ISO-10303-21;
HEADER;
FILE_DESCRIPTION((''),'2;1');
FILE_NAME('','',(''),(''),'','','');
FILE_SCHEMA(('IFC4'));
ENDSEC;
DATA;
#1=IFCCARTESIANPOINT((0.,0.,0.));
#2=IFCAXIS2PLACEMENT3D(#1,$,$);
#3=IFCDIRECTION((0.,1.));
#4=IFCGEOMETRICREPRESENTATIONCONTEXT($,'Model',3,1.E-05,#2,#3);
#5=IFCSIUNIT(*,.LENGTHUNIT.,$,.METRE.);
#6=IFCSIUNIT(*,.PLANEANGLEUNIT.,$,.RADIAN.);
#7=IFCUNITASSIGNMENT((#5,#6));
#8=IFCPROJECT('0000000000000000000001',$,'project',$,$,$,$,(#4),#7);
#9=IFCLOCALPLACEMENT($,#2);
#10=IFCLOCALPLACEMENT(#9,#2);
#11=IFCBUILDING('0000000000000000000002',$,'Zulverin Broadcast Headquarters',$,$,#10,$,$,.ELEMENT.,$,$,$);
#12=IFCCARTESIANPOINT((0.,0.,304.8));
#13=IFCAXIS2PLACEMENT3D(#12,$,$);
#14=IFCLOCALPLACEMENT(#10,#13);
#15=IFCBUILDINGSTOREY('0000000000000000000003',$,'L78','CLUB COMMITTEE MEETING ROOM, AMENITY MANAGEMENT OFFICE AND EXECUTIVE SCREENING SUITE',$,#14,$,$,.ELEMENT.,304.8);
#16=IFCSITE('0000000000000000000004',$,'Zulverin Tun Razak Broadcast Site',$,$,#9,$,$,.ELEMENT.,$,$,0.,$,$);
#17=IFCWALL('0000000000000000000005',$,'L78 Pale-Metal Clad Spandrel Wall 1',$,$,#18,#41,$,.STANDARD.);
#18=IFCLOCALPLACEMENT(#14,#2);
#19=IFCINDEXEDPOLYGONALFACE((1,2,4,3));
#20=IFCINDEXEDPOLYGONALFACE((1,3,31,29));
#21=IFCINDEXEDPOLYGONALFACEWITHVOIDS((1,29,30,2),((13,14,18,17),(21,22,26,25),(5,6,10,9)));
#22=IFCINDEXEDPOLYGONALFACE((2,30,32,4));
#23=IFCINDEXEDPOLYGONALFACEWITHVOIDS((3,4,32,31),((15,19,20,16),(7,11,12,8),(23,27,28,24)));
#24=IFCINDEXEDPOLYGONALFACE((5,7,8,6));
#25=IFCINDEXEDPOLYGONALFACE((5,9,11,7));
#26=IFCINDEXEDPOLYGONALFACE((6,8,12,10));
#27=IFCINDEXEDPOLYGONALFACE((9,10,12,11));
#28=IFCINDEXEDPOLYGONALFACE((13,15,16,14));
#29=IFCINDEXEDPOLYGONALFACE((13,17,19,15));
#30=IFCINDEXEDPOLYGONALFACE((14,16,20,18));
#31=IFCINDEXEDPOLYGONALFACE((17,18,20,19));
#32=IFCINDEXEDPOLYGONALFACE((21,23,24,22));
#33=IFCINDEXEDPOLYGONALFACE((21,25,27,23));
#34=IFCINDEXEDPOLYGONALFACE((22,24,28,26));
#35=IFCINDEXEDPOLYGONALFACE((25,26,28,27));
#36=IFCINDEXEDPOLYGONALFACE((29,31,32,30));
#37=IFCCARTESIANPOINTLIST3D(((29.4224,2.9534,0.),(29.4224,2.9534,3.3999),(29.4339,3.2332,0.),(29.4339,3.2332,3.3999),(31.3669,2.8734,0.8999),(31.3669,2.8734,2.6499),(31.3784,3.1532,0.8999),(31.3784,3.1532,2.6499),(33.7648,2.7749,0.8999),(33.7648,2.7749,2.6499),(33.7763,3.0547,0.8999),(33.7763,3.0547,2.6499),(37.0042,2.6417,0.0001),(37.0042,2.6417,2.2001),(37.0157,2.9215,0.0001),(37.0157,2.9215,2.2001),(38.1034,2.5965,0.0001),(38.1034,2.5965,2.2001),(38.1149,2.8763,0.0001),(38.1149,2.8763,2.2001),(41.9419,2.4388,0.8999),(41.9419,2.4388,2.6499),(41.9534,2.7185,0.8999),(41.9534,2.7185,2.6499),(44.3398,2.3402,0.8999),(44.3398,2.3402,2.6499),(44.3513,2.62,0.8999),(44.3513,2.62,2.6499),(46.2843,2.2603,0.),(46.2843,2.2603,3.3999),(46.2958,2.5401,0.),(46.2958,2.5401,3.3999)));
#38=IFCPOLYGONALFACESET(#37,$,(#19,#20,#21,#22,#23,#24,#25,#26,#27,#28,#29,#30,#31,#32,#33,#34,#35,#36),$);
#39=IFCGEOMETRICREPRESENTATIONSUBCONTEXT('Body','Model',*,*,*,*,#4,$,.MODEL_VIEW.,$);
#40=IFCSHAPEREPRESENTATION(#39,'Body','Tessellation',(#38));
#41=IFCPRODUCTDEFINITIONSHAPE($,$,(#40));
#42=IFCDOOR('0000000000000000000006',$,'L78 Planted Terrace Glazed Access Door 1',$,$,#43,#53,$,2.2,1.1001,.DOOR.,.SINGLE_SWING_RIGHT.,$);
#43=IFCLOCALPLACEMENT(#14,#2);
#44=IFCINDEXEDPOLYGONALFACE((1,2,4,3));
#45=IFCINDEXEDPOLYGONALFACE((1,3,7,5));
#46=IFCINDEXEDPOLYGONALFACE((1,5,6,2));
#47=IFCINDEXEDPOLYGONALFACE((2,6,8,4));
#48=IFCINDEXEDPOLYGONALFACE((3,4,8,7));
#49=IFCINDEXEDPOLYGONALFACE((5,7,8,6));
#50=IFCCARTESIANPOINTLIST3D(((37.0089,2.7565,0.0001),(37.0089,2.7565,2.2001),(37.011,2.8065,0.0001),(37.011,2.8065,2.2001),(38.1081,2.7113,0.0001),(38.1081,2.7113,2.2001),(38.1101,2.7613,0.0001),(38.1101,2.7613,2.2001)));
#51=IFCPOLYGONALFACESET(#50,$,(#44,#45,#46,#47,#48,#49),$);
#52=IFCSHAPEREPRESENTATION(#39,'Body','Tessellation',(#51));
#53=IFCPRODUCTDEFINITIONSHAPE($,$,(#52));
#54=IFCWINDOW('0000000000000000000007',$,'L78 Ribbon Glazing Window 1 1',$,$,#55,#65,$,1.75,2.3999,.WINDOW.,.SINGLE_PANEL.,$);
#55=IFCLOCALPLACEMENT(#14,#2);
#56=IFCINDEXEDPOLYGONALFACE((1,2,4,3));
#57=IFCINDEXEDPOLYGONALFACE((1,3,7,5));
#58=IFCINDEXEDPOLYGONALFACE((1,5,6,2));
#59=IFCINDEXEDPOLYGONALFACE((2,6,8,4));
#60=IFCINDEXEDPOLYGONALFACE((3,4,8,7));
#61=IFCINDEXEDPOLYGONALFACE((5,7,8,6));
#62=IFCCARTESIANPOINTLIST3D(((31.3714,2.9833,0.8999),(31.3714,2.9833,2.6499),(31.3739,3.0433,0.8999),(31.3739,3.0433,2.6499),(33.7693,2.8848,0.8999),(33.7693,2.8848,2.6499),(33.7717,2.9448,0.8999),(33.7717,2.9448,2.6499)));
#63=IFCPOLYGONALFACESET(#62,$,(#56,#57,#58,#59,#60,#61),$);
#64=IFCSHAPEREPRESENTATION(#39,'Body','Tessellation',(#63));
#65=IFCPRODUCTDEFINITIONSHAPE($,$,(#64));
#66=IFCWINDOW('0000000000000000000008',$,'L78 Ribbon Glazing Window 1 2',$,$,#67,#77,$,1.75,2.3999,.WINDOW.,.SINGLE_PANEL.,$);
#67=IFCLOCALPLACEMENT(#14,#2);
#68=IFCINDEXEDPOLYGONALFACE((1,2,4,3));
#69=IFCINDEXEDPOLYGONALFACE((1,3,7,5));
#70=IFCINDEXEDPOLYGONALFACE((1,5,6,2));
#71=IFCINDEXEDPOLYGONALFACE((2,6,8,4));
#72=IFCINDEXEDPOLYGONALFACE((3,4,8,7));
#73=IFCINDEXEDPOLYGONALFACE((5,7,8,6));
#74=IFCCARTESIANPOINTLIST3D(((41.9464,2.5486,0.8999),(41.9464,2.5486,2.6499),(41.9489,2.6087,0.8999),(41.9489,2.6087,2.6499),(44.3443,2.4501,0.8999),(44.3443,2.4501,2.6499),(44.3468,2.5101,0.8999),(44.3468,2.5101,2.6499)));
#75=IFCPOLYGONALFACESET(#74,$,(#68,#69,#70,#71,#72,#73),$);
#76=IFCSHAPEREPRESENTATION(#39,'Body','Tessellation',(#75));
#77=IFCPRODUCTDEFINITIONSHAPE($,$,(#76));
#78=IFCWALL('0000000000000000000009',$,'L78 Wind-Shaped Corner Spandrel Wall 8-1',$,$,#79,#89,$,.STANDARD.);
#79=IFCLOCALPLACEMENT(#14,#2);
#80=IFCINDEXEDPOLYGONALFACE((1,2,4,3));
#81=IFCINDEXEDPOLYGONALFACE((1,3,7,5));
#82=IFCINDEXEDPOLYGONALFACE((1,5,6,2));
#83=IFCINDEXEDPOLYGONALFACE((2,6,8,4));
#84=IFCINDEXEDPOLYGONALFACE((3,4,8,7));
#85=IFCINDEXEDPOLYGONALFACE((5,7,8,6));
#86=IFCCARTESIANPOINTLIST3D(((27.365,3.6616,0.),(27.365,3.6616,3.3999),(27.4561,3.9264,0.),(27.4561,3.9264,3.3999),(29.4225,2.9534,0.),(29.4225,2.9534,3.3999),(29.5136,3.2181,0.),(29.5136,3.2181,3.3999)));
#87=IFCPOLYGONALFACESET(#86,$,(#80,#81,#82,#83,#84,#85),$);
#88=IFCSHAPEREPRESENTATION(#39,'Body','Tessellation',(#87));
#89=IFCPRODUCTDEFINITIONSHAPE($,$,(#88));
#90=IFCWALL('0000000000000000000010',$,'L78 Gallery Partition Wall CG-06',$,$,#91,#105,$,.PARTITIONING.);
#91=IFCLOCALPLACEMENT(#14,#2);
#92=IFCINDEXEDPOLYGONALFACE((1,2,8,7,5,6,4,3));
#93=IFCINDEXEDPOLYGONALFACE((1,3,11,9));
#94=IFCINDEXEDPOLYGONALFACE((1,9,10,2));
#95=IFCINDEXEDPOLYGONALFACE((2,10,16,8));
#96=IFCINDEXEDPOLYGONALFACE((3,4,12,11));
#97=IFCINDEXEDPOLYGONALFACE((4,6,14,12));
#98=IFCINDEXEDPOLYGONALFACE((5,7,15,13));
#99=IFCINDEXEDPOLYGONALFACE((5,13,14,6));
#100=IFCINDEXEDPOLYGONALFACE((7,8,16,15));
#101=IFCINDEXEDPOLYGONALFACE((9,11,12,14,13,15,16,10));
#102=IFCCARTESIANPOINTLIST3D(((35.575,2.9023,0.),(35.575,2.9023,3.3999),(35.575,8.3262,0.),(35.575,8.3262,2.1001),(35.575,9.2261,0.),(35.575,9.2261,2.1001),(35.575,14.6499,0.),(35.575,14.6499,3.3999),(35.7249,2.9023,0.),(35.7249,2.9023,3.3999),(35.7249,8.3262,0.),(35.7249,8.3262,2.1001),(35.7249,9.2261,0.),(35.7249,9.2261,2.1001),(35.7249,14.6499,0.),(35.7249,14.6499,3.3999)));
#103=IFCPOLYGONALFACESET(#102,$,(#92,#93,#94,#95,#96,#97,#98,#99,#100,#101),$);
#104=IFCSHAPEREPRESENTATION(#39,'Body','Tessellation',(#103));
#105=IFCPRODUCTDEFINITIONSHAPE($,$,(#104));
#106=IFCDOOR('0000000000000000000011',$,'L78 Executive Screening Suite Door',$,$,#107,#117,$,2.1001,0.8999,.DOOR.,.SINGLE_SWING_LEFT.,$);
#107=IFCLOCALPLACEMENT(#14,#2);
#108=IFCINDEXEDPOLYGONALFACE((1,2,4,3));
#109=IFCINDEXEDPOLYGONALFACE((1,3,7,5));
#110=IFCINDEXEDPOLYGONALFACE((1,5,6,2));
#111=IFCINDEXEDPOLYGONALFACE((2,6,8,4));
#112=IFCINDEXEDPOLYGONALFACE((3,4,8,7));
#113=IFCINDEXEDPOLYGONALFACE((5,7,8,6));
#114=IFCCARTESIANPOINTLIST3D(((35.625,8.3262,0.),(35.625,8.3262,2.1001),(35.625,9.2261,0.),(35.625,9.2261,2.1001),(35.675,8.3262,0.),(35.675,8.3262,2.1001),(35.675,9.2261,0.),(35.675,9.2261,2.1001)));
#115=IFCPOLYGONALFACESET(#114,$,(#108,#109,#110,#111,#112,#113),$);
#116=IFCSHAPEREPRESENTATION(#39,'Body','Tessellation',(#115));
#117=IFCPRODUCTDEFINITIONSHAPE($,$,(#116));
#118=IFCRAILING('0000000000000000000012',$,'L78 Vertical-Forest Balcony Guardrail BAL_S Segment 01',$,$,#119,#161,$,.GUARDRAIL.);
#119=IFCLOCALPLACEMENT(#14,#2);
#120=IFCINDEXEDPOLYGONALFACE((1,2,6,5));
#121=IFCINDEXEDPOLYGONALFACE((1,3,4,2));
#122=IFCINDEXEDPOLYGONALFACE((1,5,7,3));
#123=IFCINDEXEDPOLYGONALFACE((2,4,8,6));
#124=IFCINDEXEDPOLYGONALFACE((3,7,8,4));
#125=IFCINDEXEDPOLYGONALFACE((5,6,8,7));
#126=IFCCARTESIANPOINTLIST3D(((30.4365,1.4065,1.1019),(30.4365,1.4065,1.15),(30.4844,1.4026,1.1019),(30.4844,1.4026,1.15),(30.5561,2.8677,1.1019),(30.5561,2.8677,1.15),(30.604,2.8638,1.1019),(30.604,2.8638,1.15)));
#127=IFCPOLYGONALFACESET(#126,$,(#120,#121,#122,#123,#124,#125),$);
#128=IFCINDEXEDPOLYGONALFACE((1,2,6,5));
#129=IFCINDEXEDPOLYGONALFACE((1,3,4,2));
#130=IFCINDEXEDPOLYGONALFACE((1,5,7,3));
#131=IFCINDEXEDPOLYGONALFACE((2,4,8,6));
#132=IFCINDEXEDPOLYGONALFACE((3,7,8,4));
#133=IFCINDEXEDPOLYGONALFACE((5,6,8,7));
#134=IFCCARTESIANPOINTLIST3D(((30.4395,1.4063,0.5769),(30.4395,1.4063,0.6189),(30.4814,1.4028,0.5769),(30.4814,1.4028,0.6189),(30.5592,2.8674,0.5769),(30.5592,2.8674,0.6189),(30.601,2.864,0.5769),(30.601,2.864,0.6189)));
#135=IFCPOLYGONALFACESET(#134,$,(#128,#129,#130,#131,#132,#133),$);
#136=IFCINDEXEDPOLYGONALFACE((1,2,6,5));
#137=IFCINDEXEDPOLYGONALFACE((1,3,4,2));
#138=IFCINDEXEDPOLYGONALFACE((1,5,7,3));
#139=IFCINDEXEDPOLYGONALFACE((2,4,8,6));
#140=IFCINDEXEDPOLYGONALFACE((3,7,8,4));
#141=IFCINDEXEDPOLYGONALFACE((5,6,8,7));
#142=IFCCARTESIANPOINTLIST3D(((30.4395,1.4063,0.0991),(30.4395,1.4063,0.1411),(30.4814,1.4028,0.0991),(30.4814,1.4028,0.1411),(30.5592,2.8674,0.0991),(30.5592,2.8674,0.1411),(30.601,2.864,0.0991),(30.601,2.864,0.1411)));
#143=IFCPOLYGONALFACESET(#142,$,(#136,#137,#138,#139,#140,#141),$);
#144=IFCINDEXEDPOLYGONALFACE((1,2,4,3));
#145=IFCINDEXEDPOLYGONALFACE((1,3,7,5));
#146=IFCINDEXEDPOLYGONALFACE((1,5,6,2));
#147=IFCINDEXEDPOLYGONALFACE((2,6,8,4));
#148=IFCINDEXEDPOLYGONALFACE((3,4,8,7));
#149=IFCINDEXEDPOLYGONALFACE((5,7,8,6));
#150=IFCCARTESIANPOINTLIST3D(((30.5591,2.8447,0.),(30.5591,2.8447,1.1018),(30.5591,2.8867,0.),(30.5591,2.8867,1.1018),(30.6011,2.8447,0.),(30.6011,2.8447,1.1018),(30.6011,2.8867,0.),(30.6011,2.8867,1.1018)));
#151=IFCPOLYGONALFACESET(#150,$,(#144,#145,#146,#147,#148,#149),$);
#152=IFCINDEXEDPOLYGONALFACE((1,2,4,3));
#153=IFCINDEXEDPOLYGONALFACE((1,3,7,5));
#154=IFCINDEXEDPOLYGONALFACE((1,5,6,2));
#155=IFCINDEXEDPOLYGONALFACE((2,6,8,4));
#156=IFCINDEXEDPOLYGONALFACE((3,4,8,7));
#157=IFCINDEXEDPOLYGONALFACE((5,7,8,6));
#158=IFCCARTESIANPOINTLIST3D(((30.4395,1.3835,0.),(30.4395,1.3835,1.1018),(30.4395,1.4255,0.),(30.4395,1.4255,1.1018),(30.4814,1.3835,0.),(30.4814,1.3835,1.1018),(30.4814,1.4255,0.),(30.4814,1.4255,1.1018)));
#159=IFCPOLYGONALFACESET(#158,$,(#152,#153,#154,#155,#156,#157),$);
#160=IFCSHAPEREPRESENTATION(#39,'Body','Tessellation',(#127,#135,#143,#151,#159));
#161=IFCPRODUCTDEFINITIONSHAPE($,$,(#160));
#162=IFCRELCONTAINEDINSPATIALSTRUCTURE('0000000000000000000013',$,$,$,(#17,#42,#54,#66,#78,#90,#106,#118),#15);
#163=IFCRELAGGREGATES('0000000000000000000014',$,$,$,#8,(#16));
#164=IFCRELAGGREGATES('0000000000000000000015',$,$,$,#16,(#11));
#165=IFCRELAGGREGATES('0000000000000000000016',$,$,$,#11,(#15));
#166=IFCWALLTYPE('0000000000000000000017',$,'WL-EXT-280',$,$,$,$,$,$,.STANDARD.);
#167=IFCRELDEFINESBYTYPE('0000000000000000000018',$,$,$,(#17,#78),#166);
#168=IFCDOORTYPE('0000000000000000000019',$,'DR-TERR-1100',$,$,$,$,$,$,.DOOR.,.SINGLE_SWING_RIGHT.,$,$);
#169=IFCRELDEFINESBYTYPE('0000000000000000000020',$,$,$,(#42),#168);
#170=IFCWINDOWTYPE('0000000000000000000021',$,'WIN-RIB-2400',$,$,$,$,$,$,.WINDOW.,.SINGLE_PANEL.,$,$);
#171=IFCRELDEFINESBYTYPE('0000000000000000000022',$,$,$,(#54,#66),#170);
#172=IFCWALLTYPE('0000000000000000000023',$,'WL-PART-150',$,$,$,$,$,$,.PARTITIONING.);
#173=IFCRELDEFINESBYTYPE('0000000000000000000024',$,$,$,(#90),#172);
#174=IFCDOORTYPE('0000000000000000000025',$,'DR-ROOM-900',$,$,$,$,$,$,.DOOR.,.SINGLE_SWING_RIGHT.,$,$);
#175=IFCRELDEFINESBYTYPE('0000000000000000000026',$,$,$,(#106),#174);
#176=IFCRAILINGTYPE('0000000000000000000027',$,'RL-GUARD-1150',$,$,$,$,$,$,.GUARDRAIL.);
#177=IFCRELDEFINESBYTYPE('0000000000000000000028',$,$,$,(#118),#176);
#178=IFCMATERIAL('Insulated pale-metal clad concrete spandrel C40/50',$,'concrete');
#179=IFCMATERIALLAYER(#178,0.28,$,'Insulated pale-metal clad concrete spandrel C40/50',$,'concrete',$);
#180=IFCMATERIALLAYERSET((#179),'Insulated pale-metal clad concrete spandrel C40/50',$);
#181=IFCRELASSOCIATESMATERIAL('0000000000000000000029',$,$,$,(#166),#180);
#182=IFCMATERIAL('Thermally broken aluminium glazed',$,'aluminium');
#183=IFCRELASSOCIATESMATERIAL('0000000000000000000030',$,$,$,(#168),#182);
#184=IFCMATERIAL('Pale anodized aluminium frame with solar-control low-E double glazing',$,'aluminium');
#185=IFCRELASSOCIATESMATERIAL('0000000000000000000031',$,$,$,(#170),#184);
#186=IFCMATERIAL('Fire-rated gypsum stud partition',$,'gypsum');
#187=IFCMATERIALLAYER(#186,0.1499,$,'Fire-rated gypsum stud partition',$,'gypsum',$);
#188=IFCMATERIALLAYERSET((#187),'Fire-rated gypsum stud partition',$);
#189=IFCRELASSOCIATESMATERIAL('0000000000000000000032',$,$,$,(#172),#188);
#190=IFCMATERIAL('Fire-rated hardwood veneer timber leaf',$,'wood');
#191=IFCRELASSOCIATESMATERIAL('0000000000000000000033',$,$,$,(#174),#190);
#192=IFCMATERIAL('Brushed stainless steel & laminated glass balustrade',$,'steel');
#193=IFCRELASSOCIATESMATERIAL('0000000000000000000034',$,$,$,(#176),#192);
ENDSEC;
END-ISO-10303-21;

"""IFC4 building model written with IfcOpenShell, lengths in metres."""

from ifc_helpers import new_model, si_unit, direction, frame, frame_2d, origin, origin_2d, place, context, subcontext, project, spatial, rectangle, extrude, material, layer, layer_set, type_object, element, fill, save


model = new_model("IFC4")

# Units and contexts
model_context = context("Model", 3, precision=1e-05, world=origin(), true_north=direction((0.0, 1.0)))
body_context = subcontext(model_context, "Body", "Model", "MODEL_VIEW")
ifc_project = project(units=[si_unit("LENGTHUNIT", "METRE"), si_unit("PLANEANGLEUNIT", "RADIAN")], contexts=[model_context])

# Site, building, storey
site_placement = place(None, origin())
site = spatial("IfcSite", under=ifc_project, at=site_placement, Name="Zulverin Tun Razak Broadcast Site", CompositionType="ELEMENT", RefElevation=0.0)
building_placement = place(site_placement, origin())
building = spatial("IfcBuilding", under=site, at=building_placement, Name="Zulverin Broadcast Headquarters", CompositionType="ELEMENT")
storey_placement = place(building_placement, frame((0.0, 0.0, 304.8)))
storey = spatial("IfcBuildingStorey", under=building, at=storey_placement, Name="L78", Description="CLUB COMMITTEE MEETING ROOM, AMENITY MANAGEMENT OFFICE AND EXECUTIVE SCREENING SUITE", CompositionType="ELEMENT", Elevation=304.8)

# Wall, openings, door, windows
ifc_material_1 = material(Name="Insulated pale-metal clad concrete spandrel C40/50", Category="concrete")
ifc_layer_1 = layer(ifc_material_1, 0.28, Name="Insulated pale-metal clad concrete spandrel C40/50", Category="concrete")
ifc_layer_set_1 = layer_set([ifc_layer_1], Name="Insulated pale-metal clad concrete spandrel C40/50")
wall_type_1 = type_object("IfcWallType", Name="WL-EXT-280", PredefinedType="STANDARD", material=ifc_layer_set_1)
wall_1_placement = place(storey_placement, frame((29.4282, 3.0933, 0.0), z_axis=(0.0, 0.0, 1.0), x_axis=(0.999156, -0.04107, 0.0)))
wall_1 = element("IfcWall", 1, at=wall_1_placement, inside=storey, type_object=wall_type_1, Name="L78 Pale-Metal Clad Spandrel Wall 1", PredefinedType="STANDARD", context=body_context, shape_type="SweptSolid", body=[
    extrude(rectangle(XDim=16.8762, YDim=0.28, at=frame_2d((8.438, 0.0))), origin(), (0.0, 0.0, 1.0), 3.3999),
])
opening_1_placement = place(wall_1_placement, frame((7.5881, 0.0, 0.0)))
opening_1 = element("IfcOpeningElement", 2, at=opening_1_placement, cuts=wall_1, PredefinedType="OPENING", context=body_context, shape_type="SweptSolid", body=[
    extrude(rectangle(XDim=1.1001, YDim=2.2, at=frame_2d((0.55, 1.1001))), frame((0.0, 0.1499, 0.0), z_axis=(0.0, -1.0, 0.0), x_axis=(1.0, 0.0, 0.0)), (0.0, 0.0, 1.0), 0.3),
])
opening_2_placement = place(wall_1_placement, frame((1.946, 0.0, 0.8999)))
opening_2 = element("IfcOpeningElement", 3, at=opening_2_placement, cuts=wall_1, PredefinedType="OPENING", context=body_context, shape_type="SweptSolid", body=[
    extrude(rectangle(XDim=2.3999, YDim=1.75, at=frame_2d((1.2, 0.875))), frame((0.0, 0.1499, 0.0), z_axis=(0.0, -1.0, 0.0), x_axis=(1.0, 0.0, 0.0)), (0.0, 0.0, 1.0), 0.3),
])
opening_3_placement = place(wall_1_placement, frame((12.53, 0.0, 0.8999)))
opening_3 = element("IfcOpeningElement", 4, at=opening_3_placement, cuts=wall_1, PredefinedType="OPENING", context=body_context, shape_type="SweptSolid", body=[
    extrude(rectangle(XDim=2.3999, YDim=1.75, at=frame_2d((1.2, 0.875))), frame((0.0, 0.1499, 0.0), z_axis=(0.0, -1.0, 0.0), x_axis=(1.0, 0.0, 0.0)), (0.0, 0.0, 1.0), 0.3),
])
ifc_material_2 = material(Name="Thermally broken aluminium glazed", Category="aluminium")
door_type_1 = type_object("IfcDoorType", Name="DR-TERR-1100", OperationType="SINGLE_SWING_RIGHT", PredefinedType="DOOR", material=ifc_material_2)
door_1_placement = place(opening_1_placement, origin())
door_1 = element("IfcDoor", 5, at=door_1_placement, inside=storey, type_object=door_type_1, Name="L78 Planted Terrace Glazed Access Door 1", OperationType="SINGLE_SWING_RIGHT", OverallHeight=2.2, OverallWidth=1.1001, PredefinedType="DOOR", context=body_context, shape_type="SweptSolid", body=[
    extrude(rectangle(XDim=1.1001, YDim=2.2, at=frame_2d((0.55, 1.1001))), frame((0.0, 0.0249, 0.0), z_axis=(0.0, -1.0, 0.0), x_axis=(1.0, 0.0, 0.0)), (0.0, 0.0, 1.0), 0.05),
])
fill(opening_1, door_1)
ifc_material_3 = material(Name="Pale anodized aluminium frame with solar-control low-E double glazing", Category="aluminium")
window_type = type_object("IfcWindowType", Name="WIN-RIB-2400", PartitioningType="SINGLE_PANEL", PredefinedType="WINDOW", material=ifc_material_3)
window_1_placement = place(opening_2_placement, origin())
window_1 = element("IfcWindow", 6, at=window_1_placement, inside=storey, type_object=window_type, Name="L78 Ribbon Glazing Window 1 1", OverallHeight=1.75, OverallWidth=2.3999, PartitioningType="SINGLE_PANEL", PredefinedType="WINDOW", context=body_context, shape_type="SweptSolid", body=[
    extrude(rectangle(XDim=2.3999, YDim=1.75, at=frame_2d((1.2, 0.875))), frame((0.0, 0.03, 0.0), z_axis=(0.0, -1.0, 0.0), x_axis=(1.0, 0.0, 0.0)), (0.0, 0.0, 1.0), 0.0601),
])
fill(opening_2, window_1)
window_2_placement = place(opening_3_placement, origin())
window_2 = element("IfcWindow", 7, at=window_2_placement, inside=storey, type_object=window_type, Name="L78 Ribbon Glazing Window 1 2", OverallHeight=1.75, OverallWidth=2.3999, PartitioningType="SINGLE_PANEL", PredefinedType="WINDOW", context=body_context, shape_type="SweptSolid", body=[
    extrude(rectangle(XDim=2.3999, YDim=1.75, at=frame_2d((1.2, 0.875))), frame((0.0, 0.03, 0.0), z_axis=(0.0, -1.0, 0.0), x_axis=(1.0, 0.0, 0.0)), (0.0, 0.0, 1.0), 0.0601),
])
fill(opening_3, window_2)

# Wall
wall_2_placement = place(storey_placement, frame((27.4106, 3.7939, 0.0), z_axis=(0.0, 0.0, 1.0), x_axis=(0.945553, -0.325469, 0.0)))
element("IfcWall", 8, at=wall_2_placement, inside=storey, type_object=wall_type_1, Name="L78 Wind-Shaped Corner Spandrel Wall 8-1", PredefinedType="STANDARD", context=body_context, shape_type="SweptSolid", body=[
    extrude(rectangle(XDim=2.176, YDim=0.28, at=frame_2d((1.0879, 0.0))), origin(), (0.0, 0.0, 1.0), 3.3999),
])

# Wall, opening, door
ifc_material_4 = material(Name="Fire-rated gypsum stud partition", Category="gypsum")
ifc_layer_2 = layer(ifc_material_4, 0.1499, Name="Fire-rated gypsum stud partition", Category="gypsum")
ifc_layer_set_2 = layer_set([ifc_layer_2], Name="Fire-rated gypsum stud partition")
wall_type_2 = type_object("IfcWallType", Name="WL-PART-150", PredefinedType="PARTITIONING", material=ifc_layer_set_2)
wall_3_placement = place(storey_placement, frame((35.6499, 2.9023, 0.0), z_axis=(0.0, 0.0, 1.0), x_axis=(0.0, 1.0, 0.0)))
wall_3 = element("IfcWall", 9, at=wall_3_placement, inside=storey, type_object=wall_type_2, Name="L78 Gallery Partition Wall CG-06", PredefinedType="PARTITIONING", context=body_context, shape_type="SweptSolid", body=[
    extrude(rectangle(XDim=11.7476, YDim=0.1499, at=frame_2d((5.8738, 0.0))), origin(), (0.0, 0.0, 1.0), 3.3999),
])
opening_4_placement = place(wall_3_placement, frame((5.4238, 0.0, 0.0)))
opening_4 = element("IfcOpeningElement", 10, at=opening_4_placement, cuts=wall_3, PredefinedType="OPENING", context=body_context, shape_type="SweptSolid", body=[
    extrude(rectangle(XDim=0.8999, YDim=2.1001, at=frame_2d((0.45, 1.05))), frame((0.0, 0.085, 0.0), z_axis=(0.0, -1.0, 0.0), x_axis=(1.0, 0.0, 0.0)), (0.0, 0.0, 1.0), 0.1699),
])
ifc_material_5 = material(Name="Fire-rated hardwood veneer timber leaf", Category="wood")
door_type_2 = type_object("IfcDoorType", Name="DR-ROOM-900", OperationType="SINGLE_SWING_RIGHT", PredefinedType="DOOR", material=ifc_material_5)
door_2_placement = place(opening_4_placement, origin())
door_2 = element("IfcDoor", 11, at=door_2_placement, inside=storey, type_object=door_type_2, Name="L78 Executive Screening Suite Door", OperationType="SINGLE_SWING_LEFT", OverallHeight=2.1001, OverallWidth=0.8999, PredefinedType="DOOR", context=body_context, shape_type="SweptSolid", body=[
    extrude(rectangle(XDim=0.8999, YDim=2.1001, at=frame_2d((0.45, 1.05))), frame((0.0, 0.0249, 0.0), z_axis=(0.0, -1.0, 0.0), x_axis=(1.0, 0.0, 0.0)), (0.0, 0.0, 1.0), 0.05),
])
fill(opening_4, door_2)

# Railing
ifc_material_6 = material(Name="Brushed stainless steel & laminated glass balustrade", Category="steel")
railing_type = type_object("IfcRailingType", Name="RL-GUARD-1150", PredefinedType="GUARDRAIL", material=ifc_material_6)
railing_1_placement = place(storey_placement, frame((30.5801, 2.8657, 0.0)))
element("IfcRailing", 12, at=railing_1_placement, inside=storey, type_object=railing_type, Name="L78 Vertical-Forest Balcony Guardrail BAL_S Segment 01", PredefinedType="GUARDRAIL", context=body_context, shape_type="SweptSolid", body=[
    extrude(rectangle(XDim=0.0481, YDim=0.0481, at=origin_2d()), frame((0.0, 0.0, 1.126), z_axis=(-0.081598, -0.996665, 0.0), x_axis=(0.996665, -0.081598, 0.0)), (0.0, 0.0, 1.0), 1.4661),
    extrude(rectangle(XDim=0.042, YDim=0.042, at=origin_2d()), frame((0.0, 0.0, 0.5979), z_axis=(-0.081598, -0.996665, 0.0), x_axis=(0.996665, -0.081598, 0.0)), (0.0, 0.0, 1.0), 1.4661),
    extrude(rectangle(XDim=0.042, YDim=0.042, at=origin_2d()), frame((0.0, 0.0, 0.1201), z_axis=(-0.081598, -0.996665, 0.0), x_axis=(0.996665, -0.081598, 0.0)), (0.0, 0.0, 1.0), 1.4661),
    extrude(rectangle(XDim=0.042, YDim=0.042, at=origin_2d()), origin(), (0.0, 0.0, 1.0), 1.1018),
    extrude(rectangle(XDim=0.042, YDim=0.042, at=origin_2d()), frame((-0.1196, -1.4612, 0.0)), (0.0, 0.0, 1.0), 1.1018),
])

save(model, "model.ifc")
